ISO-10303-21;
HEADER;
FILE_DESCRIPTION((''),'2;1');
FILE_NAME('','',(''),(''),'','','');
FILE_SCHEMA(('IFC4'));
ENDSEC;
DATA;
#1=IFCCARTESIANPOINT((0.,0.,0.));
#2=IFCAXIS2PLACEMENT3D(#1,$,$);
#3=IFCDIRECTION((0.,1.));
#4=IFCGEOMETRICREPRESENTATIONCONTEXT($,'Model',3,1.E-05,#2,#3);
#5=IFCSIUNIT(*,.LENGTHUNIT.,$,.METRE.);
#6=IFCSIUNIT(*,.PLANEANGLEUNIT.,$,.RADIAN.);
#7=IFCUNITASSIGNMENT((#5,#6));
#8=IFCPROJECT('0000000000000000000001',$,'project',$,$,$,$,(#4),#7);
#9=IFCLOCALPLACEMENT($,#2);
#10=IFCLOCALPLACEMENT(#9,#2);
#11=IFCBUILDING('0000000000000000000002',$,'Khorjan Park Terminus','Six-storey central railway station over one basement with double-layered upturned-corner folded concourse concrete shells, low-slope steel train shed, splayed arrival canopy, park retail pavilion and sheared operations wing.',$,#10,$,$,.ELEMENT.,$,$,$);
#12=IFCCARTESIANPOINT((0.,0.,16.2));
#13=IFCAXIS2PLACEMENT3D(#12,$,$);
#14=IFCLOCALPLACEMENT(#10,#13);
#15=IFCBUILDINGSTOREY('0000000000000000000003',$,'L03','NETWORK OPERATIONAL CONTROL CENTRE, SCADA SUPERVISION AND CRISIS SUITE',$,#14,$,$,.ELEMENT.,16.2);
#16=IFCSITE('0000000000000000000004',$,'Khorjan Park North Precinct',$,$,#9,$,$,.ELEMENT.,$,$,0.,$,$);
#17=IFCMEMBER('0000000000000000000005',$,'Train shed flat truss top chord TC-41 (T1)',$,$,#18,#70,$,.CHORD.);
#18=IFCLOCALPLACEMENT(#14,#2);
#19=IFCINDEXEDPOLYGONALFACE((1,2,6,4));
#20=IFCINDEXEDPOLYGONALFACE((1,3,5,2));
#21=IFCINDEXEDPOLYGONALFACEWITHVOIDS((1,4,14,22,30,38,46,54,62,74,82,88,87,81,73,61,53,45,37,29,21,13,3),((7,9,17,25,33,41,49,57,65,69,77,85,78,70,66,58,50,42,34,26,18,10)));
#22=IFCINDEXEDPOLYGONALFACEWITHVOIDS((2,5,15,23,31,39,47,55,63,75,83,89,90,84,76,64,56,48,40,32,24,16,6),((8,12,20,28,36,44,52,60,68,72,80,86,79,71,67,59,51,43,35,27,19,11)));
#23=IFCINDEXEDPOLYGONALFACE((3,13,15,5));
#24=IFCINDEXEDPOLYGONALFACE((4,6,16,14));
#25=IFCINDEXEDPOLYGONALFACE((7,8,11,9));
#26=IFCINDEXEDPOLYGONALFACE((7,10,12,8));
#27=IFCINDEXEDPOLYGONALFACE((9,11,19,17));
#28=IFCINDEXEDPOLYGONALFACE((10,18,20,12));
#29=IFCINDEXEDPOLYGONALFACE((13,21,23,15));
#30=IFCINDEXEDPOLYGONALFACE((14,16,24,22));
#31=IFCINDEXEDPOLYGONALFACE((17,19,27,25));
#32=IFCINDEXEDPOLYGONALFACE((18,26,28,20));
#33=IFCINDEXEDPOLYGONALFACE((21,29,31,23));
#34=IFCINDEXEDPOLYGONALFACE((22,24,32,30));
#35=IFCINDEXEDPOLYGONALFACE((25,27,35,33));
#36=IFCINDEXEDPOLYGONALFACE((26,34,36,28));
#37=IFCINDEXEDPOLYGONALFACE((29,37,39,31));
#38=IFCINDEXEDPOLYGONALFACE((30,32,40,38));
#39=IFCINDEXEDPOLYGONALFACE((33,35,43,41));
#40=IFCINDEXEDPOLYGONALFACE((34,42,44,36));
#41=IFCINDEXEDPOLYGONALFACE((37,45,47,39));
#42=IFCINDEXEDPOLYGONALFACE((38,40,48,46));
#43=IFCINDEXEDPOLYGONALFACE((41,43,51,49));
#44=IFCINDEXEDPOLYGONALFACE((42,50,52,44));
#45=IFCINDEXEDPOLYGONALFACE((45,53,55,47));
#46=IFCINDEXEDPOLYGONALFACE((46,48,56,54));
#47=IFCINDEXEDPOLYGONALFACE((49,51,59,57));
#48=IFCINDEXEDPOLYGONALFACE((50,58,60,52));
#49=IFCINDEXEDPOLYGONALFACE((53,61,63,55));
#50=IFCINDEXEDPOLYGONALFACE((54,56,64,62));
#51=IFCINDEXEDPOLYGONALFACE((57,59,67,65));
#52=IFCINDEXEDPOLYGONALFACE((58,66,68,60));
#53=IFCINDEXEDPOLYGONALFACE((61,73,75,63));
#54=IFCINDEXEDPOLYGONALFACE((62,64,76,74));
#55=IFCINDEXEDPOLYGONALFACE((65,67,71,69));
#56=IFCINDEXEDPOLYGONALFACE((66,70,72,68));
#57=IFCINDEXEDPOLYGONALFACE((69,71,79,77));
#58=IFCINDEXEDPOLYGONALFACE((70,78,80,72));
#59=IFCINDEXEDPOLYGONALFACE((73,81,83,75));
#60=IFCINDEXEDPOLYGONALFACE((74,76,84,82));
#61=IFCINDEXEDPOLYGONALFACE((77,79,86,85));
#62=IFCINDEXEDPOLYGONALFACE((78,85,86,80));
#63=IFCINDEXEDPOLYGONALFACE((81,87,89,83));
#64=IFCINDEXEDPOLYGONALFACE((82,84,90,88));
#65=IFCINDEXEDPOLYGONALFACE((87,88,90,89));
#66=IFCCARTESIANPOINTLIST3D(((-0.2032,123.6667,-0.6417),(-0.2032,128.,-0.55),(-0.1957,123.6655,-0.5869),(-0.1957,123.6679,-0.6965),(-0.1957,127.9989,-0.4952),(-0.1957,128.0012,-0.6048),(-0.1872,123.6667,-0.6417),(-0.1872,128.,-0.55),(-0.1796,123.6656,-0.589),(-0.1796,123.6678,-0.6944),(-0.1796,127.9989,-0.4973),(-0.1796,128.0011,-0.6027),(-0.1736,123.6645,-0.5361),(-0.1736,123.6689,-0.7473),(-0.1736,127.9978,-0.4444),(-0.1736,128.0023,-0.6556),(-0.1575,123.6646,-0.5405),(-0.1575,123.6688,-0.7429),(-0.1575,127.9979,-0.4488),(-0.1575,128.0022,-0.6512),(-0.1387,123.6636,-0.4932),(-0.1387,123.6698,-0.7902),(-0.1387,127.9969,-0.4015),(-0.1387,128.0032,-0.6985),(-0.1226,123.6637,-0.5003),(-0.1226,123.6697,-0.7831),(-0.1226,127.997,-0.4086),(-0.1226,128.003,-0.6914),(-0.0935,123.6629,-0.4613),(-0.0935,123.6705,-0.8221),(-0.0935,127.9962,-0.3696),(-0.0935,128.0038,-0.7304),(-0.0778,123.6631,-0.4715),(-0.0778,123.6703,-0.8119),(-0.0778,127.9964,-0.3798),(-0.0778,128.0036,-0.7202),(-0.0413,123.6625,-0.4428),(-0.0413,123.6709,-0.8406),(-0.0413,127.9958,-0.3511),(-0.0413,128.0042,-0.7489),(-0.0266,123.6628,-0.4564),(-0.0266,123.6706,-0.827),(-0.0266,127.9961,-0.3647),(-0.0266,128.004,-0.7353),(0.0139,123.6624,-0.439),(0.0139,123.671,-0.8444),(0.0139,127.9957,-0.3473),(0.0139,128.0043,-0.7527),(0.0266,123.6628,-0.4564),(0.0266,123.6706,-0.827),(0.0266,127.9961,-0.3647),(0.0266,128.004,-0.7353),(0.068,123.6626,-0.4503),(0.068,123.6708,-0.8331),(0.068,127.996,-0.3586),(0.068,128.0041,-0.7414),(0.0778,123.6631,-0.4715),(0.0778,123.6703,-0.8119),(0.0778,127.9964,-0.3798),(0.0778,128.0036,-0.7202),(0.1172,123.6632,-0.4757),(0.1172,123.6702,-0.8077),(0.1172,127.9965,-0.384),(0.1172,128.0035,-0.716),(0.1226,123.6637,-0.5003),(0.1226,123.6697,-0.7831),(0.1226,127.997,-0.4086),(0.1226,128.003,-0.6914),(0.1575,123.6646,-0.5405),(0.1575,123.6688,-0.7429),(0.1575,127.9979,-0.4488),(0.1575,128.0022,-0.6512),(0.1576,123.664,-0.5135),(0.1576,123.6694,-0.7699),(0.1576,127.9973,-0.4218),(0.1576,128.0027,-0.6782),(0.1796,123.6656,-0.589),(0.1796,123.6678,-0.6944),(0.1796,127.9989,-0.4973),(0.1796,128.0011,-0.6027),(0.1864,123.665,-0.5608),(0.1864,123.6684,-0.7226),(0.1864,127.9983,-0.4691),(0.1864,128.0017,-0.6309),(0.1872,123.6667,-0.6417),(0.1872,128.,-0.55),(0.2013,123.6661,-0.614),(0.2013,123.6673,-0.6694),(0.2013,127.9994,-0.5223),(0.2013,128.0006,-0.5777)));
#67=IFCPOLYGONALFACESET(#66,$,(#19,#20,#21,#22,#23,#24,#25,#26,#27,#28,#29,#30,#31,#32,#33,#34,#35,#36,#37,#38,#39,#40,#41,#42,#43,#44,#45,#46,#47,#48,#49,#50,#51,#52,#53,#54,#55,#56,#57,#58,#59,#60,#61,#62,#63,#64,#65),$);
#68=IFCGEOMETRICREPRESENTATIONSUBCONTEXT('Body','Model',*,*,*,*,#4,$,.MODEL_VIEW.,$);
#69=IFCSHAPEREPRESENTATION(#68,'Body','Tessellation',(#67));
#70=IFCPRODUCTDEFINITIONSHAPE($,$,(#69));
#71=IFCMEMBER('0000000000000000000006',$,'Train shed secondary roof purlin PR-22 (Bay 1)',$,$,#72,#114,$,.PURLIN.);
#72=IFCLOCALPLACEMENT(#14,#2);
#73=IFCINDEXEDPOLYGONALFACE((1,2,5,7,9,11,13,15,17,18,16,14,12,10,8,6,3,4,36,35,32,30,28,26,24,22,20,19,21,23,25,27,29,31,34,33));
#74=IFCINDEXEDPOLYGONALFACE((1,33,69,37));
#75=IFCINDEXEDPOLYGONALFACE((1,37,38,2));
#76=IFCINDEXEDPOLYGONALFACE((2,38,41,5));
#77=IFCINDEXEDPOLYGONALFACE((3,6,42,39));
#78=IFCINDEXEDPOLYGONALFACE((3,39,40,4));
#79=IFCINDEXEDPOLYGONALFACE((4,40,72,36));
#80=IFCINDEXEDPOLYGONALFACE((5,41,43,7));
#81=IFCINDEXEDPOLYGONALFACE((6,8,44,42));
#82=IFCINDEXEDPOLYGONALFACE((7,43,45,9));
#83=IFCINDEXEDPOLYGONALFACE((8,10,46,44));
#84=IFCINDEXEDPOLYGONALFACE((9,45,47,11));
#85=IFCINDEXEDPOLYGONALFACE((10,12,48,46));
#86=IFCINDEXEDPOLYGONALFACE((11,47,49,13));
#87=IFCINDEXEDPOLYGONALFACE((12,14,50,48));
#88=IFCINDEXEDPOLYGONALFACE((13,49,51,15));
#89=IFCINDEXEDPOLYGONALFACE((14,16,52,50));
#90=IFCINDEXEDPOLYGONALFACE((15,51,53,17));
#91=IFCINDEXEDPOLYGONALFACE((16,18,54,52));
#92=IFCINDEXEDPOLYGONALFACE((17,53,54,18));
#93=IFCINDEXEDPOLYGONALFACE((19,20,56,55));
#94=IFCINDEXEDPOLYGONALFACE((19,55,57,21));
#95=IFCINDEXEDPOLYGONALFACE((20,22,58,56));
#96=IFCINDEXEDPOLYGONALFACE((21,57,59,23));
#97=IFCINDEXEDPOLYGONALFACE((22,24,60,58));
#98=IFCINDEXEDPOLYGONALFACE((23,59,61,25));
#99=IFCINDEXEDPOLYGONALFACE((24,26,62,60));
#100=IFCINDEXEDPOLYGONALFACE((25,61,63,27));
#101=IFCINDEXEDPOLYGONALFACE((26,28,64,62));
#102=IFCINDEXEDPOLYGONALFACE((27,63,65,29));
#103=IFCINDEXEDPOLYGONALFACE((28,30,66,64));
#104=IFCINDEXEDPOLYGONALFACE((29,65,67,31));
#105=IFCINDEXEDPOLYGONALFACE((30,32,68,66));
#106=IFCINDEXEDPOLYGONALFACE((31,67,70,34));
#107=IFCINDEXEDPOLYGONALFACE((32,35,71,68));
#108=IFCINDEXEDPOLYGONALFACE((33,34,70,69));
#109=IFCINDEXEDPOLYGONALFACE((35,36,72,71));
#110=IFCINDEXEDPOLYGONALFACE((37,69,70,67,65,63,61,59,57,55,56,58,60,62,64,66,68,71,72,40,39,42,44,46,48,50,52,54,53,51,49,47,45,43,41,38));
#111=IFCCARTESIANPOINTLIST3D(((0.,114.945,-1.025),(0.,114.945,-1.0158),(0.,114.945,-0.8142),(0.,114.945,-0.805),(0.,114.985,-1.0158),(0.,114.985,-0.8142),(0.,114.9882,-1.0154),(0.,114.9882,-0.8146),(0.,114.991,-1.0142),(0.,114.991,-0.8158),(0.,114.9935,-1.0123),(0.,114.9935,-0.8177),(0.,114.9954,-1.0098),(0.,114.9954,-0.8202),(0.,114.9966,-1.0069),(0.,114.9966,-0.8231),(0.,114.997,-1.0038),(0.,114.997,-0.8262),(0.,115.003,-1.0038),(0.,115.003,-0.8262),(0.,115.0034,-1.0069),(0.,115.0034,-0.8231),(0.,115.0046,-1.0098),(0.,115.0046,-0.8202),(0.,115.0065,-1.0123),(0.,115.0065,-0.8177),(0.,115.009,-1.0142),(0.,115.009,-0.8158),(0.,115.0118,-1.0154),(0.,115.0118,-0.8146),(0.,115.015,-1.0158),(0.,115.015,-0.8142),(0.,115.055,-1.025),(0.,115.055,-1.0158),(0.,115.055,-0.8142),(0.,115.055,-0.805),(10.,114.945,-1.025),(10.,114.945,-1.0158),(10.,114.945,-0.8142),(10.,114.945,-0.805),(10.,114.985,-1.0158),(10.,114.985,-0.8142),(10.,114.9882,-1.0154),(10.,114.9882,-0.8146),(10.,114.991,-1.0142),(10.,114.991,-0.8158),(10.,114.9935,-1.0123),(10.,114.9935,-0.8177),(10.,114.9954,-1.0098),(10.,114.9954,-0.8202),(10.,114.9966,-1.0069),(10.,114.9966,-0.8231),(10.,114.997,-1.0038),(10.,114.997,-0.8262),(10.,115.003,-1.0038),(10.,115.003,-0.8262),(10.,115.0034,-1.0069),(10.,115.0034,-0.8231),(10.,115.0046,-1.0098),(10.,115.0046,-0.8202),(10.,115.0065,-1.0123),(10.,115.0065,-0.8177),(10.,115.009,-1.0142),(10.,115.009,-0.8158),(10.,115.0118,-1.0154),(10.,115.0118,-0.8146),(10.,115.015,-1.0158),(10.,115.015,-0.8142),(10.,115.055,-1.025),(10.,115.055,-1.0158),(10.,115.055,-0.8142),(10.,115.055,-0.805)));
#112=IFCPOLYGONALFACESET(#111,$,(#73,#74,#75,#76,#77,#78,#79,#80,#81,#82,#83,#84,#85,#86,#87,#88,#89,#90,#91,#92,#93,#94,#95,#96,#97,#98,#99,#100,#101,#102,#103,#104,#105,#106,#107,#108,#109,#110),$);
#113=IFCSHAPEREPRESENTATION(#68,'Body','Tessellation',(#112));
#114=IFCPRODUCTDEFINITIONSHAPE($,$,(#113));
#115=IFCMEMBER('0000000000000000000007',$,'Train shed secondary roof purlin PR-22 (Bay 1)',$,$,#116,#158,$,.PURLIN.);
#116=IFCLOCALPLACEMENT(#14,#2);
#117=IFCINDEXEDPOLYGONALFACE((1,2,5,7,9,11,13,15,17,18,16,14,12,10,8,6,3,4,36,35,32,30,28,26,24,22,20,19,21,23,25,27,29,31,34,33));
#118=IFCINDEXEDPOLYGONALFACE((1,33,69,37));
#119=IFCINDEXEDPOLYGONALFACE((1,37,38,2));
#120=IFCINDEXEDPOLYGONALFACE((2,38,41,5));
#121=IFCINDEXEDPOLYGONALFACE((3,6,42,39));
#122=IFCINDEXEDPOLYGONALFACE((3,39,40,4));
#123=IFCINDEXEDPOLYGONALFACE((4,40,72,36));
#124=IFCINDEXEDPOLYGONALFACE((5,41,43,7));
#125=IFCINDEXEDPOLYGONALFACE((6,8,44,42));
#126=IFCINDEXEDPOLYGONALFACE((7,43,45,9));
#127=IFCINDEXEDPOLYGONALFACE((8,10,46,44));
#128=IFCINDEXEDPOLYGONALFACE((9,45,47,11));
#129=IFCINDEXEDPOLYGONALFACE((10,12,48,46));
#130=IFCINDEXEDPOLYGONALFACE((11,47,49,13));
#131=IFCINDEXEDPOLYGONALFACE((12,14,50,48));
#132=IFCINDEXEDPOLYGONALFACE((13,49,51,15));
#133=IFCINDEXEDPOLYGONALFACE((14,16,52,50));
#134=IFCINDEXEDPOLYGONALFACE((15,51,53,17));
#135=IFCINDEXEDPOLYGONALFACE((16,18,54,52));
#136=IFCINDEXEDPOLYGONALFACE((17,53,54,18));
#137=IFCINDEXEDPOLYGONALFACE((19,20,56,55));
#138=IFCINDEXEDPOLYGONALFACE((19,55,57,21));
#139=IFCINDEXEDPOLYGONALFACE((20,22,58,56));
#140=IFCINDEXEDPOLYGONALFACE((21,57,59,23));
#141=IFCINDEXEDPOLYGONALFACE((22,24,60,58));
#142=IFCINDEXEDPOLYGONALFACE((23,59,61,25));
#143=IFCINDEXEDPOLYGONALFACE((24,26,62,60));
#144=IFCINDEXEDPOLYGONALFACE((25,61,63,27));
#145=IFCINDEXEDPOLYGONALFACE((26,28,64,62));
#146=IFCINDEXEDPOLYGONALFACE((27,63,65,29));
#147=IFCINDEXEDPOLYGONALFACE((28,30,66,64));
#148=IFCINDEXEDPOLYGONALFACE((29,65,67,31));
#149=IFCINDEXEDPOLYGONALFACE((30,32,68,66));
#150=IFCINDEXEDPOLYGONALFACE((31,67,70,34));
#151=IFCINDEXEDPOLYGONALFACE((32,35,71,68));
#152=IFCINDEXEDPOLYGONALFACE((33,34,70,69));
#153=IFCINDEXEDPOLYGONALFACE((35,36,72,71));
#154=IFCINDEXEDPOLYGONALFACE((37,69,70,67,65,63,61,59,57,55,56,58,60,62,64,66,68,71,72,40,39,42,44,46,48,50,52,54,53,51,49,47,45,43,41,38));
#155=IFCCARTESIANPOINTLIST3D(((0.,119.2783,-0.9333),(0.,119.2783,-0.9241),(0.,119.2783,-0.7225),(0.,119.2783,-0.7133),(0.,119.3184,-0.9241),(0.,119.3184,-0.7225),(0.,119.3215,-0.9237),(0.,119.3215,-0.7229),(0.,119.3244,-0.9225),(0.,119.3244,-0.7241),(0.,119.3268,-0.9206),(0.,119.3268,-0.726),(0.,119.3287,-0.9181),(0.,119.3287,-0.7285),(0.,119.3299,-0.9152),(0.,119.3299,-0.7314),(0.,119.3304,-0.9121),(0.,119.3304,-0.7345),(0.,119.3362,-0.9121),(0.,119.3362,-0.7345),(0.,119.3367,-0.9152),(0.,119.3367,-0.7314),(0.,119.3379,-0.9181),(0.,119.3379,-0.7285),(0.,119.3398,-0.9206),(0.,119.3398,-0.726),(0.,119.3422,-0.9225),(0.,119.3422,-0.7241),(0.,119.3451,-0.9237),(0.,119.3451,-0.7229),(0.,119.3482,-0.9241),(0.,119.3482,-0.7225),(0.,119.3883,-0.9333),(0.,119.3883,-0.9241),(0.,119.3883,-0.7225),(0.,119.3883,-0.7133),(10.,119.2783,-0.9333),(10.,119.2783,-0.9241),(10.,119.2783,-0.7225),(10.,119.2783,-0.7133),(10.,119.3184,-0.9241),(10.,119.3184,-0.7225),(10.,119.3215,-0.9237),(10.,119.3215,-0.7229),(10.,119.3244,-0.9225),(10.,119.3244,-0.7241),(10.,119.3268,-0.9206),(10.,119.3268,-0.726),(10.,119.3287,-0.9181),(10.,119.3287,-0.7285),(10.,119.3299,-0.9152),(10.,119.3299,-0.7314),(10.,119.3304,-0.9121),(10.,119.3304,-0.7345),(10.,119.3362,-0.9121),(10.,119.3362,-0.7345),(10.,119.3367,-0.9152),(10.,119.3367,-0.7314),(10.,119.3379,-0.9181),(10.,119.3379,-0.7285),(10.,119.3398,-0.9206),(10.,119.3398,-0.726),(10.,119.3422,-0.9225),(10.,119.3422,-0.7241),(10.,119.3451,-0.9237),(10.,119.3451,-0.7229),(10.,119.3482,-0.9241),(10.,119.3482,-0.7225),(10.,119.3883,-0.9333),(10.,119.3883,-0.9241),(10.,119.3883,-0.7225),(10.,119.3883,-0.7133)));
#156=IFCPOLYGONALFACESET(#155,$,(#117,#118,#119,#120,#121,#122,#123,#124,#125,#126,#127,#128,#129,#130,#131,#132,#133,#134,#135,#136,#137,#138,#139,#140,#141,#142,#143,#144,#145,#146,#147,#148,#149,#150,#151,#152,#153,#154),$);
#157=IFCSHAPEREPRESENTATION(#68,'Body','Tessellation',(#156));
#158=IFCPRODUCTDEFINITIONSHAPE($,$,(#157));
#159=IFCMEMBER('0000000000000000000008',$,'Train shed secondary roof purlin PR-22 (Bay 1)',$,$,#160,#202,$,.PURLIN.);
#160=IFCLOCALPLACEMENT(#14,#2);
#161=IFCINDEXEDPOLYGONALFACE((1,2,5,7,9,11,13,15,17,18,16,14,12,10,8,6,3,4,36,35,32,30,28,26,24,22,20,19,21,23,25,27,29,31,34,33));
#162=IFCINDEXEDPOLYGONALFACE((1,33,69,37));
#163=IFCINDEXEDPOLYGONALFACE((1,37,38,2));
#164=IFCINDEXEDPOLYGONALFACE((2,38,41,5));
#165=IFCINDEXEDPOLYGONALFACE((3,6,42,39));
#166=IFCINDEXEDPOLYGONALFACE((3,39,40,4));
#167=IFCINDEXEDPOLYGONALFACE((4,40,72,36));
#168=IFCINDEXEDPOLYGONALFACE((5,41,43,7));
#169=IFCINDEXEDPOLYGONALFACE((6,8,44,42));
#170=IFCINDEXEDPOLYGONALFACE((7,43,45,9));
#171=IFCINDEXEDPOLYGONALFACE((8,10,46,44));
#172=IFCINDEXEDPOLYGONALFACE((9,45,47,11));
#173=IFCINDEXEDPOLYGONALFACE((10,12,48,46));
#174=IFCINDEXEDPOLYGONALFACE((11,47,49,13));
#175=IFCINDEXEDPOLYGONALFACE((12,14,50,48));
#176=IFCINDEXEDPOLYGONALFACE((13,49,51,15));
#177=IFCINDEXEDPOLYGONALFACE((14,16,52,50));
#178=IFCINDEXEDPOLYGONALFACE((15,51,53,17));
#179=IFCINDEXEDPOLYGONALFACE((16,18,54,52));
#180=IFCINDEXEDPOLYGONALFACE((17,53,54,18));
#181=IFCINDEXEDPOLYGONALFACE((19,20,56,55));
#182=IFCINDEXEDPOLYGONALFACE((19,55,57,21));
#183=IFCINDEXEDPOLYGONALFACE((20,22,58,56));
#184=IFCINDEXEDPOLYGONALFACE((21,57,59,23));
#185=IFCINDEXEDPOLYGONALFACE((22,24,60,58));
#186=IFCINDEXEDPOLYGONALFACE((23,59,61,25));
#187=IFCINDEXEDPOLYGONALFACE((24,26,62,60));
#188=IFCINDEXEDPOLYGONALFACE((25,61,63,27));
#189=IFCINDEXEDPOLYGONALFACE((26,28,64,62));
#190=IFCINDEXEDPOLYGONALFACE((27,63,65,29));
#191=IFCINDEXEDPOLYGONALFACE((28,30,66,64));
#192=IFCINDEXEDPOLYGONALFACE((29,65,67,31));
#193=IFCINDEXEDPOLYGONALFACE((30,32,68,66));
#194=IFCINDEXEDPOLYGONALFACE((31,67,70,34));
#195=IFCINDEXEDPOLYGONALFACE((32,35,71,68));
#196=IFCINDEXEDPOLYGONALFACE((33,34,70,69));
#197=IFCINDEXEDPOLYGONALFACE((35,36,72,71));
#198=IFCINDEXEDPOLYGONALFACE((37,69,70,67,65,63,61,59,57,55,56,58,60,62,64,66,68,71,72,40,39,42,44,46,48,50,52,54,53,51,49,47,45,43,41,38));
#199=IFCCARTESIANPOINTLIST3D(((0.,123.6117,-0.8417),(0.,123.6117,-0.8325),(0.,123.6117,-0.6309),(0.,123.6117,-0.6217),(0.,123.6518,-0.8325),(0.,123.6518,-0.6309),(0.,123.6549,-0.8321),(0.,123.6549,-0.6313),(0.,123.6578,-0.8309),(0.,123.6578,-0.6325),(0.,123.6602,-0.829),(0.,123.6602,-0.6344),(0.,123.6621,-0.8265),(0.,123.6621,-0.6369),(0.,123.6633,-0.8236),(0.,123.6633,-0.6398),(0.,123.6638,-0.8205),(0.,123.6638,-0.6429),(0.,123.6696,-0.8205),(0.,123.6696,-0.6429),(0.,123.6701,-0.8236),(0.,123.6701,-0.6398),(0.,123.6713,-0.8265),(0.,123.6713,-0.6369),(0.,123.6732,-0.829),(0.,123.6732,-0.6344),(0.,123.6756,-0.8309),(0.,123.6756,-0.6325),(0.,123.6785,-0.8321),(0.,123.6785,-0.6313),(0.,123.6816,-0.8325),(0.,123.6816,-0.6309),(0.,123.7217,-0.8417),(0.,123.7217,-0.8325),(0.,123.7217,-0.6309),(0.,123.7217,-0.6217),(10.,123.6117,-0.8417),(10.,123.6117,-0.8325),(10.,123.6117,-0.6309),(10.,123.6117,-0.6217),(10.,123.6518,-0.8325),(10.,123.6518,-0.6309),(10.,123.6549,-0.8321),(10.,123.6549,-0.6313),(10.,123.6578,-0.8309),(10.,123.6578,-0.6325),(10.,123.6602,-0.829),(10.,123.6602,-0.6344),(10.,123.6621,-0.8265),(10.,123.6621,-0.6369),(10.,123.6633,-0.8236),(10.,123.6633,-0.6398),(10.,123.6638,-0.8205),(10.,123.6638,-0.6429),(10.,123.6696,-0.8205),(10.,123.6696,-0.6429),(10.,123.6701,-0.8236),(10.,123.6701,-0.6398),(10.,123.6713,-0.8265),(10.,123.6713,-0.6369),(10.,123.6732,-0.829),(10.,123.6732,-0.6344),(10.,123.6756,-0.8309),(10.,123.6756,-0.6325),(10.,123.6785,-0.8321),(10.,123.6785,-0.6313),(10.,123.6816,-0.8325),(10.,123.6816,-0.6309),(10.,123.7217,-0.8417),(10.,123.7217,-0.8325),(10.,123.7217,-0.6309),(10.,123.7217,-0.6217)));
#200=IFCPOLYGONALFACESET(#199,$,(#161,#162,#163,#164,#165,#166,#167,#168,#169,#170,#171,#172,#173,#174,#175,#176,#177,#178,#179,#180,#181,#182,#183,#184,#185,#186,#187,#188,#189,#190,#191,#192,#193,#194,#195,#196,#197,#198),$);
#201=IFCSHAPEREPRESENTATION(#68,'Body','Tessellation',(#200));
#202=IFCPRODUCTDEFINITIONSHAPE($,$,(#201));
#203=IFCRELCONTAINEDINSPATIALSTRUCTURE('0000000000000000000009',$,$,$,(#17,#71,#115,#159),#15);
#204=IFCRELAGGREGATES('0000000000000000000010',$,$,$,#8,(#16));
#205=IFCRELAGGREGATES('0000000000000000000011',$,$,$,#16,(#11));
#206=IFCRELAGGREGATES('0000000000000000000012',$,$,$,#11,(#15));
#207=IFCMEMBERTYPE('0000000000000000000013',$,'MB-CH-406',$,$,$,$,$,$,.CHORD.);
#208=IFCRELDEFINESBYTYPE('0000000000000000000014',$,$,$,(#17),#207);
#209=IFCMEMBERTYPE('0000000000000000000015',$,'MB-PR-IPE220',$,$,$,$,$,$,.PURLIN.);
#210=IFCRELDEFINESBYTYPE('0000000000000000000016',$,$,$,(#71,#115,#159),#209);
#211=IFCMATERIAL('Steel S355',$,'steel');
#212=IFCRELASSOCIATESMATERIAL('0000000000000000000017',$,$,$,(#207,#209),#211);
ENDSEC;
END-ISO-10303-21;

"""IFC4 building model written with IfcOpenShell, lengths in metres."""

from ifc_helpers import new_model, si_unit, direction, frame, origin, origin_2d, place, context, subcontext, project, spatial, hollow_circle, i_section, extrude, material, material_profile, profile_set, type_object, element, save


model = new_model("IFC4")

# Units and contexts
model_context = context("Model", 3, precision=1e-05, world=origin(), true_north=direction((0.0, 1.0)))
body_context = subcontext(model_context, "Body", "Model", "MODEL_VIEW")
ifc_project = project(units=[si_unit("LENGTHUNIT", "METRE"), si_unit("PLANEANGLEUNIT", "RADIAN")], contexts=[model_context])

# Site, building, storey
site_placement = place(None, origin())
site = spatial("IfcSite", under=ifc_project, at=site_placement, Name="Khorjan Park North Precinct", CompositionType="ELEMENT", RefElevation=0.0)
building_placement = place(site_placement, origin())
building = spatial("IfcBuilding", under=site, at=building_placement, Name="Khorjan Park Terminus", Description="Six-storey central railway station over one basement with double-layered upturned-corner folded concourse concrete shells, low-slope steel train shed, splayed arrival canopy, park retail pavilion and sheared operations wing.", CompositionType="ELEMENT")
storey_placement = place(building_placement, frame((0.0, 0.0, 16.2)))
storey = spatial("IfcBuildingStorey", under=building, at=storey_placement, Name="L03", Description="NETWORK OPERATIONAL CONTROL CENTRE, SCADA SUPERVISION AND CRISIS SUITE", CompositionType="ELEMENT", Elevation=16.2)

# Members
ifc_material = material(Name="Steel S355", Category="steel")
ifc_material_profile_1 = material_profile(ifc_material, hollow_circle(Radius=0.2032, WallThickness=0.016, at=origin_2d()), Name="CHS 406.4x16")
ifc_profile_set_1 = profile_set([ifc_material_profile_1], Name="Steel S355")
member_type_1 = type_object("IfcMemberType", Name="MB-CH-406", PredefinedType="CHORD", material=ifc_profile_set_1)
member_1_placement = place(storey_placement, frame((0.0, 123.6667, -0.6417), z_axis=(0.0, 0.999776, 0.021157), x_axis=(-1.0, 0.0, 0.0)))
element("IfcMember", 1, at=member_1_placement, inside=storey, type_object=member_type_1, Name="Train shed flat truss top chord TC-41 (T1)", PredefinedType="CHORD", context=body_context, shape_type="SweptSolid", body=[
    extrude(hollow_circle(Radius=0.2032, WallThickness=0.016, at=origin_2d()), origin(), (0.0, 0.0, 1.0), 4.3343),
])
ifc_material_profile_2 = material_profile(ifc_material, i_section(OverallWidth=0.11, OverallDepth=0.22, WebThickness=0.0059, FlangeThickness=0.0092, FilletRadius=0.012, at=origin_2d()), Name="IPE 220")
ifc_profile_set_2 = profile_set([ifc_material_profile_2], Name="Steel S355")
member_type_2 = type_object("IfcMemberType", Name="MB-PR-IPE220", PredefinedType="PURLIN", material=ifc_profile_set_2)
for number, where, z_axis, x_axis, name in (
    (2, (0.0, 115.0, -0.915), (1.0, 0.0, 0.0), (0.0, 1.0, 0.0), "Train shed secondary roof purlin PR-22 (Bay 1)"),
    (3, (0.0, 119.3333, -0.8233), (1.0, 0.0, 0.0), (0.0, 1.0, 0.0), "Train shed secondary roof purlin PR-22 (Bay 1)"),
    (4, (0.0, 123.6667, -0.7317), (1.0, 0.0, 0.0), (0.0, 1.0, 0.0), "Train shed secondary roof purlin PR-22 (Bay 1)"),
):
    element("IfcMember", number, at=place(storey_placement, frame(where, z_axis=z_axis, x_axis=x_axis)), inside=storey, type_object=member_type_2, Name=name, PredefinedType="PURLIN", context=body_context, shape_type="SweptSolid", body=[
        extrude(i_section(OverallWidth=0.11, OverallDepth=0.22, WebThickness=0.0059, FlangeThickness=0.0092, FilletRadius=0.012, at=origin_2d()), origin(), (0.0, 0.0, 1.0), 10.0),
    ])

save(model, "model.ifc")
